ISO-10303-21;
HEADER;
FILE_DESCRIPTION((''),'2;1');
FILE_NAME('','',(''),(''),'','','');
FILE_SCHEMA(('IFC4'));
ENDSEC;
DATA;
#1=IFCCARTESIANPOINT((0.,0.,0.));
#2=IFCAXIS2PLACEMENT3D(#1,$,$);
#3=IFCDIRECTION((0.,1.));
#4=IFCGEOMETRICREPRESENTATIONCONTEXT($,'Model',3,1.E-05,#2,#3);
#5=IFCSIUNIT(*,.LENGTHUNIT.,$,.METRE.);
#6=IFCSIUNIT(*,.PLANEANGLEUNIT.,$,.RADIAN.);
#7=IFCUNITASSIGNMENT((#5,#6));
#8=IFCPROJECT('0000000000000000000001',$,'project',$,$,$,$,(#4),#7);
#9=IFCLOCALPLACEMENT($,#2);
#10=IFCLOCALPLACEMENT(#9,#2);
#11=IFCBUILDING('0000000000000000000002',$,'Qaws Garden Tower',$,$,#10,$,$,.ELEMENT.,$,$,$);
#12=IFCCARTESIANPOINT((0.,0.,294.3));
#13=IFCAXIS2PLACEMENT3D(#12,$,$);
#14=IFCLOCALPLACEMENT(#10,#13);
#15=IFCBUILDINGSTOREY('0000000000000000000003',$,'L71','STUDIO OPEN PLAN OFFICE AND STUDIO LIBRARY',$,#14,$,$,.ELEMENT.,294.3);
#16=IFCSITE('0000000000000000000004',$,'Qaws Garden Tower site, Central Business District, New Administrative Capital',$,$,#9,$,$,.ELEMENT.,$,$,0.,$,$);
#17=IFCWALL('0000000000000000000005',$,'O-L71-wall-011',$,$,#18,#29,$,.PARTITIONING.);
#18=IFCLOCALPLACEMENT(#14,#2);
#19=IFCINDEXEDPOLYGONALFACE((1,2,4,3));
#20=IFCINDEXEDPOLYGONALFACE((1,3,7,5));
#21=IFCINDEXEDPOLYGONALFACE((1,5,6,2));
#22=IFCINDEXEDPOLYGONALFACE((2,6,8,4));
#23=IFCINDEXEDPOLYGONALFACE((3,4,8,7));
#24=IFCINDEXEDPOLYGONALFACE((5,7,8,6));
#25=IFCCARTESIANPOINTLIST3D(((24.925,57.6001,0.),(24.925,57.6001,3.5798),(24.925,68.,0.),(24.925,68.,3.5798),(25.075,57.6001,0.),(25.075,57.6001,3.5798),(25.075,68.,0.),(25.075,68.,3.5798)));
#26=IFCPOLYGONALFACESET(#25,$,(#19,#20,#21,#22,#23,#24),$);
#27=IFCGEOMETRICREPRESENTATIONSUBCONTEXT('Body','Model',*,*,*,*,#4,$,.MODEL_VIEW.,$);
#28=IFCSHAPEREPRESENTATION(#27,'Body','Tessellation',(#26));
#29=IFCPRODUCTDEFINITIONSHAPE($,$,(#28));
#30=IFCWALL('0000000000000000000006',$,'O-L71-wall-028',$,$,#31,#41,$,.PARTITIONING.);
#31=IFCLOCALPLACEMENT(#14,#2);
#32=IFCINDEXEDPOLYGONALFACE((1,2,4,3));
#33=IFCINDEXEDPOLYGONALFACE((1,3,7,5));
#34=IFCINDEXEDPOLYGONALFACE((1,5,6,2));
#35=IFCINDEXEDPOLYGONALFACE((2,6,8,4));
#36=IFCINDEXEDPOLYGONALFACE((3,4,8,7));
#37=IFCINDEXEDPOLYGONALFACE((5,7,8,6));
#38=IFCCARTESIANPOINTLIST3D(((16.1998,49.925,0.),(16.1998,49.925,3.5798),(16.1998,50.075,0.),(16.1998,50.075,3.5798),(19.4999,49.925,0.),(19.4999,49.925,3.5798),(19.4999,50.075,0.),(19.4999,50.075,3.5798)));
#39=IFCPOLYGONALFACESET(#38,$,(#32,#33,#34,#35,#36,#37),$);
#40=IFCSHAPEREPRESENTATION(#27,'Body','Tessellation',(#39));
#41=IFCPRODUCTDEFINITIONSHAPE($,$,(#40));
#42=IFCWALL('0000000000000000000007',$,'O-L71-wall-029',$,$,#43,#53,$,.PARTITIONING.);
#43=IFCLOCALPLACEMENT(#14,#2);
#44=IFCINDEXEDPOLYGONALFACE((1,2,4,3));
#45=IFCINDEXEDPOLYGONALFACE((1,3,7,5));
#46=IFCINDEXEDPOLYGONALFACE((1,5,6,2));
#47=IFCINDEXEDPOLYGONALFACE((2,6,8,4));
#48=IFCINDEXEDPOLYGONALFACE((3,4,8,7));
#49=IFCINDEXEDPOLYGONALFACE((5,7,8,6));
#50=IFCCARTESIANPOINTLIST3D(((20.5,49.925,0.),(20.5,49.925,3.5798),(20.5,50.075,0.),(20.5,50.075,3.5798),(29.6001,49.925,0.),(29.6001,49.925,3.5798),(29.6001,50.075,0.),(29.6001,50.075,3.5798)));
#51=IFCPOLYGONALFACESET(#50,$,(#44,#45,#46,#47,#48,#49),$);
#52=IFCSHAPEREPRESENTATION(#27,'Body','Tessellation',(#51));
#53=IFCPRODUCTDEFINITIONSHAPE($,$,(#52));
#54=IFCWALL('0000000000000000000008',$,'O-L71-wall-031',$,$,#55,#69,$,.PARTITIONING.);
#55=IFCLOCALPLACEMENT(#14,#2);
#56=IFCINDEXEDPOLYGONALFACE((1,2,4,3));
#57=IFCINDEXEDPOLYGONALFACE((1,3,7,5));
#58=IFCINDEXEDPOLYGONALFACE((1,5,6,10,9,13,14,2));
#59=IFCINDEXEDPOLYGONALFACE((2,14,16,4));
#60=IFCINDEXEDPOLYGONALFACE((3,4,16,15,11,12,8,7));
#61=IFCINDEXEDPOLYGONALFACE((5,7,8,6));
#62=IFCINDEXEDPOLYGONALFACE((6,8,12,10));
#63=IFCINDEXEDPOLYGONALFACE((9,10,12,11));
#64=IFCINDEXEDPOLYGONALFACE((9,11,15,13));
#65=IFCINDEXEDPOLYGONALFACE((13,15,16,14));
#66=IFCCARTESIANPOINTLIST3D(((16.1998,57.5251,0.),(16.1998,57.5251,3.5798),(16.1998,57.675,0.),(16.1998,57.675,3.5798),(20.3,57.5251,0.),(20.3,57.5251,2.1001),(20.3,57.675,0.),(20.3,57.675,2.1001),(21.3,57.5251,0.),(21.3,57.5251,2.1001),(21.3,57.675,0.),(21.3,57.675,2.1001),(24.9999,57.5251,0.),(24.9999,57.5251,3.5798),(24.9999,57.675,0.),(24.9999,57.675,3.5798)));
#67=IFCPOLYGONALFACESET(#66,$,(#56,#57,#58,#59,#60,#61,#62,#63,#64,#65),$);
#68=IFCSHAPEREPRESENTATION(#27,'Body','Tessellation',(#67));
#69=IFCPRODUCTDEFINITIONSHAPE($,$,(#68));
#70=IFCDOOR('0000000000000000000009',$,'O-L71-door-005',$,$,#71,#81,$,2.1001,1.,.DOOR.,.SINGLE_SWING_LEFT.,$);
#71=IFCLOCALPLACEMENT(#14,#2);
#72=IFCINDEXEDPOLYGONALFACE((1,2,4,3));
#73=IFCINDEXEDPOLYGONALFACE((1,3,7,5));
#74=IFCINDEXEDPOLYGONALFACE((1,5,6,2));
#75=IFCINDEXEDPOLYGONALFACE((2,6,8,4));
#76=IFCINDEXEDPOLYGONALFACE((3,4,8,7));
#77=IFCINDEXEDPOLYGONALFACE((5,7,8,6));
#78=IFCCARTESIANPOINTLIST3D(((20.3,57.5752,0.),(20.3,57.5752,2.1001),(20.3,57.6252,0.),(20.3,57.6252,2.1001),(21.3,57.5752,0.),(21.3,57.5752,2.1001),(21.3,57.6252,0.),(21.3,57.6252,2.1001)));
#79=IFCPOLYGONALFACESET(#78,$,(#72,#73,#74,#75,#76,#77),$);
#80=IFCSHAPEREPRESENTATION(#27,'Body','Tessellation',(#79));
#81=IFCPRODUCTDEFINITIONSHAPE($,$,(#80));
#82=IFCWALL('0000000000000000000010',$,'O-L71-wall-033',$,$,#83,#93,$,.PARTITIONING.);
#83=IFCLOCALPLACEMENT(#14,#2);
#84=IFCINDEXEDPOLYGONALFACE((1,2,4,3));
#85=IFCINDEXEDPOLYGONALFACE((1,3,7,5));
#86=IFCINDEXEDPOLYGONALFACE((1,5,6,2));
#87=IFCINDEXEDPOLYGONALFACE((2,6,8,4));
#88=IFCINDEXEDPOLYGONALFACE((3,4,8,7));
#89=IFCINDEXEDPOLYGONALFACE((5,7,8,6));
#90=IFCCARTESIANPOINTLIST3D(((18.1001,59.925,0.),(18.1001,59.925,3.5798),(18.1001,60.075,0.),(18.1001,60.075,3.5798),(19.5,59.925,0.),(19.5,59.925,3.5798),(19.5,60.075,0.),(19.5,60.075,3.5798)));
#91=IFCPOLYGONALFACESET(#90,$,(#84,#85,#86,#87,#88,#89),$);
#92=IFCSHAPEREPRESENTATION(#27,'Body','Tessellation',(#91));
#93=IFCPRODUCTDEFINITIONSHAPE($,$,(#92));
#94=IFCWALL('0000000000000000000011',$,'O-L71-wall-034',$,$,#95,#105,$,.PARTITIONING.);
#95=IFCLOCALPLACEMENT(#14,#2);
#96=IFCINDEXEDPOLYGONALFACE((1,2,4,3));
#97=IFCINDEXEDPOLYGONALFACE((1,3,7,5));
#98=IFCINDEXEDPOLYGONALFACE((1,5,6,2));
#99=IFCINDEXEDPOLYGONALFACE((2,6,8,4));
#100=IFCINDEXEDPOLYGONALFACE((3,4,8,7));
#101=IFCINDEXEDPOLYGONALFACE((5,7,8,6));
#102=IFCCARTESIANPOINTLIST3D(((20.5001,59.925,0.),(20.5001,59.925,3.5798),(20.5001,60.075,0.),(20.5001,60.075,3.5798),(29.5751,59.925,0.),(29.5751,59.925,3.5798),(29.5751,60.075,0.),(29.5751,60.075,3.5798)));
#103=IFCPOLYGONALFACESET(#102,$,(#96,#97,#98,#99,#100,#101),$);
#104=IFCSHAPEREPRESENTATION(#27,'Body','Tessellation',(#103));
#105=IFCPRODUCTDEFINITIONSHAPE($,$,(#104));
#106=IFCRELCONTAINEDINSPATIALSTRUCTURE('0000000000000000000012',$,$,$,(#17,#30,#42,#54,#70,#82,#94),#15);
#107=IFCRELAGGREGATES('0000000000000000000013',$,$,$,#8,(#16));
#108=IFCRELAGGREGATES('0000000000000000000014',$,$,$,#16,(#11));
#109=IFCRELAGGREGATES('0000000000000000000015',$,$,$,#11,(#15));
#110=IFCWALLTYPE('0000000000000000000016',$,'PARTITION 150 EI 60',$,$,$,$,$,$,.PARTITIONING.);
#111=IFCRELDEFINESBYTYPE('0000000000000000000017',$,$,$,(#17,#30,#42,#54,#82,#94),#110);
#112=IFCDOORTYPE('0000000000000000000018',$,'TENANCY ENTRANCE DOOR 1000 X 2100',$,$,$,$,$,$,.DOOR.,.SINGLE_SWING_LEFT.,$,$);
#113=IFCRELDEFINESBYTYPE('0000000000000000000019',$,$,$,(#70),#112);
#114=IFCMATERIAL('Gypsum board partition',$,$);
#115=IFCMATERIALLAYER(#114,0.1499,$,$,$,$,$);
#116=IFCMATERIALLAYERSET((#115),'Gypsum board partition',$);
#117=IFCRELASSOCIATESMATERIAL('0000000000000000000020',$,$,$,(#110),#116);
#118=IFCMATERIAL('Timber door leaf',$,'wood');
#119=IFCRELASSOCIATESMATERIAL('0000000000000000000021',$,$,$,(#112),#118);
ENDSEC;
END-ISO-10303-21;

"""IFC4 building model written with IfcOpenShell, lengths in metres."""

from ifc_helpers import new_model, si_unit, direction, frame, frame_2d, origin, place, context, subcontext, project, spatial, rectangle, extrude, material, layer, layer_set, type_object, element, fill, save


model = new_model("IFC4")

# Units and contexts
model_context = context("Model", 3, precision=1e-05, world=origin(), true_north=direction((0.0, 1.0)))
body_context = subcontext(model_context, "Body", "Model", "MODEL_VIEW")
ifc_project = project(units=[si_unit("LENGTHUNIT", "METRE"), si_unit("PLANEANGLEUNIT", "RADIAN")], contexts=[model_context])

# Site, building, storey
site_placement = place(None, origin())
site = spatial("IfcSite", under=ifc_project, at=site_placement, Name="Qaws Garden Tower site, Central Business District, New Administrative Capital", CompositionType="ELEMENT", RefElevation=0.0)
building_placement = place(site_placement, origin())
building = spatial("IfcBuilding", under=site, at=building_placement, Name="Qaws Garden Tower", CompositionType="ELEMENT")
storey_placement = place(building_placement, frame((0.0, 0.0, 294.3)))
storey = spatial("IfcBuildingStorey", under=building, at=storey_placement, Name="L71", Description="STUDIO OPEN PLAN OFFICE AND STUDIO LIBRARY", CompositionType="ELEMENT", Elevation=294.3)

# Shared definitions
ifc_material_1 = material(Name="Gypsum board partition")
ifc_layer_1 = layer(ifc_material_1, 0.1499)
ifc_layer_set_1 = layer_set([ifc_layer_1], Name="Gypsum board partition")
wall_type_1 = type_object("IfcWallType", Name="PARTITION 150 EI 60", PredefinedType="PARTITIONING", material=ifc_layer_set_1)

# Shared definitions
ifc_material_2 = material(Name="Timber door leaf", Category="wood")
door_type = type_object("IfcDoorType", Name="TENANCY ENTRANCE DOOR 1000 X 2100", OperationType="SINGLE_SWING_LEFT", PredefinedType="DOOR", material=ifc_material_2)

# Walls
wall_1_placement = place(storey_placement, frame((25.0, 57.6001, 0.0), z_axis=(0.0, 0.0, 1.0), x_axis=(0.0, 1.0, 0.0)))
element("IfcWall", 1, at=wall_1_placement, inside=storey, type_object=wall_type_1, Name="O-L71-wall-011", PredefinedType="PARTITIONING", context=body_context, shape_type="SweptSolid", body=[
    extrude(rectangle(XDim=10.3999, YDim=0.1499, at=frame_2d((5.2, 0.0))), origin(), (0.0, 0.0, 1.0), 3.5798),
])
wall_2_placement = place(storey_placement, frame((16.2, 50.0, 0.0), z_axis=(0.0, 0.0, 1.0), x_axis=(1.0, 0.0, 0.0)))
element("IfcWall", 2, at=wall_2_placement, inside=storey, type_object=wall_type_1, Name="O-L71-wall-028", PredefinedType="PARTITIONING", context=body_context, shape_type="SweptSolid", body=[
    extrude(rectangle(XDim=3.3, YDim=0.1499, at=frame_2d((1.6499, 0.0))), origin(), (0.0, 0.0, 1.0), 3.5798),
])
wall_3_placement = place(storey_placement, frame((20.5, 50.0, 0.0), z_axis=(0.0, 0.0, 1.0), x_axis=(1.0, 0.0, 0.0)))
element("IfcWall", 3, at=wall_3_placement, inside=storey, type_object=wall_type_1, Name="O-L71-wall-029", PredefinedType="PARTITIONING", context=body_context, shape_type="SweptSolid", body=[
    extrude(rectangle(XDim=9.1001, YDim=0.1499, at=frame_2d((4.55, 0.0))), origin(), (0.0, 0.0, 1.0), 3.5798),
])

# Wall, opening, door
wall_4_placement = place(storey_placement, frame((16.2, 57.6001, 0.0), z_axis=(0.0, 0.0, 1.0), x_axis=(1.0, 0.0, 0.0)))
wall_4 = element("IfcWall", 4, at=wall_4_placement, inside=storey, type_object=wall_type_1, Name="O-L71-wall-031", PredefinedType="PARTITIONING", context=body_context, shape_type="SweptSolid", body=[
    extrude(rectangle(XDim=8.8, YDim=0.1499, at=frame_2d((4.3999, 0.0))), origin(), (0.0, 0.0, 1.0), 3.5798),
])
opening_1_placement = place(wall_4_placement, frame((4.1001, 0.0, 0.0)))
opening_1 = element("IfcOpeningElement", 5, at=opening_1_placement, cuts=wall_4, PredefinedType="OPENING", context=body_context, shape_type="SweptSolid", body=[
    extrude(rectangle(XDim=1.0, YDim=2.1001, at=frame_2d((0.5, 1.05))), frame((0.0, 0.085, 0.0), z_axis=(0.0, -1.0, 0.0), x_axis=(1.0, 0.0, 0.0)), (0.0, 0.0, 1.0), 0.1699),
])
door_1_placement = place(opening_1_placement, frame((1.0, 0.0, 0.0), z_axis=(0.0, 0.0, 1.0), x_axis=(-1.0, 0.0, 0.0)))
door_1 = element("IfcDoor", 6, at=door_1_placement, inside=storey, type_object=door_type, Name="O-L71-door-005", OperationType="SINGLE_SWING_LEFT", OverallHeight=2.1001, OverallWidth=1.0, PredefinedType="DOOR", context=body_context, shape_type="SweptSolid", body=[
    extrude(rectangle(XDim=1.0, YDim=2.1001, at=frame_2d((0.5, 1.05))), frame((0.0, 0.0249, 0.0), z_axis=(0.0, -1.0, 0.0), x_axis=(1.0, 0.0, 0.0)), (0.0, 0.0, 1.0), 0.05),
])
fill(opening_1, door_1)

# Walls
wall_5_placement = place(storey_placement, frame((18.1001, 60.0, 0.0), z_axis=(0.0, 0.0, 1.0), x_axis=(1.0, 0.0, 0.0)))
element("IfcWall", 7, at=wall_5_placement, inside=storey, type_object=wall_type_1, Name="O-L71-wall-033", PredefinedType="PARTITIONING", context=body_context, shape_type="SweptSolid", body=[
    extrude(rectangle(XDim=1.3999, YDim=0.1499, at=frame_2d((0.7, 0.0))), origin(), (0.0, 0.0, 1.0), 3.5798),
])
wall_6_placement = place(storey_placement, frame((20.5, 60.0, 0.0), z_axis=(0.0, 0.0, 1.0), x_axis=(1.0, 0.0, 0.0)))
element("IfcWall", 8, at=wall_6_placement, inside=storey, type_object=wall_type_1, Name="O-L71-wall-034", PredefinedType="PARTITIONING", context=body_context, shape_type="SweptSolid", body=[
    extrude(rectangle(XDim=9.075, YDim=0.1499, at=frame_2d((4.5376, 0.0))), origin(), (0.0, 0.0, 1.0), 3.5798),
])

save(model, "model.ifc")
